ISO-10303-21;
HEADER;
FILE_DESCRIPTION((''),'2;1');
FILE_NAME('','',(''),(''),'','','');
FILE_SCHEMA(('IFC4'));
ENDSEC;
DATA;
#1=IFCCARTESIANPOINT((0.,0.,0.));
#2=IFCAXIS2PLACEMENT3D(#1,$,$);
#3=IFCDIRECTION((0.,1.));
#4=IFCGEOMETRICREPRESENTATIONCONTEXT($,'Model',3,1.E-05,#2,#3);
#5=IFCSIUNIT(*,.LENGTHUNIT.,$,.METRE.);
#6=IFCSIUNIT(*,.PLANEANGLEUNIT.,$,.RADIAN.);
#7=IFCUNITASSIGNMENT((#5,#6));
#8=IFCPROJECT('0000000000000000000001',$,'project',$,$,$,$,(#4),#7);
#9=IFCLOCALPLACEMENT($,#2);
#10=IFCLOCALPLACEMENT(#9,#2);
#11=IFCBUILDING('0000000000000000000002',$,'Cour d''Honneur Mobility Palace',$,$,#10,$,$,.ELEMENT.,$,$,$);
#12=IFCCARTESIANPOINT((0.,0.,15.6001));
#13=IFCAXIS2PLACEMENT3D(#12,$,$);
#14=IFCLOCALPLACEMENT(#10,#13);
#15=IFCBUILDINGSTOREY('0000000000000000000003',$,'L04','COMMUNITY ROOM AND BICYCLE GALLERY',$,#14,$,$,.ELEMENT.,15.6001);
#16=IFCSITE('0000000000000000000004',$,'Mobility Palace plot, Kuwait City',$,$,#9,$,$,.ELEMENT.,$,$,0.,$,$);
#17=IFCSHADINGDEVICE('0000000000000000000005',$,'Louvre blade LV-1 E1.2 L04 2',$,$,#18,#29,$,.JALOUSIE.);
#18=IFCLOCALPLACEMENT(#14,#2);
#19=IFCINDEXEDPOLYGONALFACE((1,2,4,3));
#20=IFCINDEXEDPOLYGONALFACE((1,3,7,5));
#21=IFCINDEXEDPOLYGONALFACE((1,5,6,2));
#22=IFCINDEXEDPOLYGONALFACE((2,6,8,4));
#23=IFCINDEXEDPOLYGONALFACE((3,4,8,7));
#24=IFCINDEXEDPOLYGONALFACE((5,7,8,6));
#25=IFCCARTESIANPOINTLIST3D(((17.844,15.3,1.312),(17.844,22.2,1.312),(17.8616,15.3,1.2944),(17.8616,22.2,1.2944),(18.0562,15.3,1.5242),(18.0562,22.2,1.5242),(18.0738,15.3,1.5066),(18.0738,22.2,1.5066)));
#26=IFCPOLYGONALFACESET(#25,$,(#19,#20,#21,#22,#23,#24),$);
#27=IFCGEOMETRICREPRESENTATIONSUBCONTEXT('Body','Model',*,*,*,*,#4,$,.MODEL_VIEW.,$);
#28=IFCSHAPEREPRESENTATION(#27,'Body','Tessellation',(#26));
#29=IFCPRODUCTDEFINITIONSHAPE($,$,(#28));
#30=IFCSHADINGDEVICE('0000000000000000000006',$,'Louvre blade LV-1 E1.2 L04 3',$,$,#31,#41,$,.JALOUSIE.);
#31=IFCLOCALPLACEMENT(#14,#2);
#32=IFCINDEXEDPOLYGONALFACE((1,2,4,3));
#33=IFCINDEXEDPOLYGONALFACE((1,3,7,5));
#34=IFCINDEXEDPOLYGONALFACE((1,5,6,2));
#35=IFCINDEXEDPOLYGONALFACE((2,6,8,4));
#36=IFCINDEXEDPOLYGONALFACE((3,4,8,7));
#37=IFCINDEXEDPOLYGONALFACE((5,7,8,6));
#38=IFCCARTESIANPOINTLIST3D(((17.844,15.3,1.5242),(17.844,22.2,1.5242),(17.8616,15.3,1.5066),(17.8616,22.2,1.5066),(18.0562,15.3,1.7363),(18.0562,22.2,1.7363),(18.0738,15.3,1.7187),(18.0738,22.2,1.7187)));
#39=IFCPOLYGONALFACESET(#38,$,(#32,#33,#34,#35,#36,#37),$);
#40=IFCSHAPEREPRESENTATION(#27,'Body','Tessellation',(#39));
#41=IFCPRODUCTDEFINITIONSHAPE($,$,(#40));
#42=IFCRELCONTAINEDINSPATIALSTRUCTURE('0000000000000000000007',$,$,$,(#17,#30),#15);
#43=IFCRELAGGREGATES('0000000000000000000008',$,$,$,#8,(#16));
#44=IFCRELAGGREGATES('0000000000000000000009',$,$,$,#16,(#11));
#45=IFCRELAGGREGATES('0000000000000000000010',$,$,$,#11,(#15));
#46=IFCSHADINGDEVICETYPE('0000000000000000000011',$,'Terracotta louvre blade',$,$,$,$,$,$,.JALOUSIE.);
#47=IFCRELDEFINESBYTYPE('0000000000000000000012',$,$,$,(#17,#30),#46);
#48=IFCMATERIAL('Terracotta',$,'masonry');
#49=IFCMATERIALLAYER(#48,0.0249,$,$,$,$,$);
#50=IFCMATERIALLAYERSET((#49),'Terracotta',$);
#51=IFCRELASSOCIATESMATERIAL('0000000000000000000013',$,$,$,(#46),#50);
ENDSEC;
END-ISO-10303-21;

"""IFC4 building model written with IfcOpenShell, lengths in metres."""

from ifc_helpers import new_model, si_unit, direction, frame, origin, place, context, subcontext, project, spatial, polyline, outline, extrude, material, layer, layer_set, type_object, element, save


model = new_model("IFC4")

# Units and contexts
model_context = context("Model", 3, precision=1e-05, world=origin(), true_north=direction((0.0, 1.0)))
body_context = subcontext(model_context, "Body", "Model", "MODEL_VIEW")
ifc_project = project(units=[si_unit("LENGTHUNIT", "METRE"), si_unit("PLANEANGLEUNIT", "RADIAN")], contexts=[model_context])

# Site, building, storey
site_placement = place(None, origin())
site = spatial("IfcSite", under=ifc_project, at=site_placement, Name="Mobility Palace plot, Kuwait City", CompositionType="ELEMENT", RefElevation=0.0)
building_placement = place(site_placement, origin())
building = spatial("IfcBuilding", under=site, at=building_placement, Name="Cour d'Honneur Mobility Palace", CompositionType="ELEMENT")
storey_placement = place(building_placement, frame((0.0, 0.0, 15.6001)))
storey = spatial("IfcBuildingStorey", under=building, at=storey_placement, Name="L04", Description="COMMUNITY ROOM AND BICYCLE GALLERY", CompositionType="ELEMENT", Elevation=15.6001)

# Shading devices
ifc_material_1 = material(Name="Terracotta", Category="masonry")
ifc_layer_1 = layer(ifc_material_1, 0.0249)
ifc_layer_set_1 = layer_set([ifc_layer_1], Name="Terracotta")
shading_device_type = type_object("IfcShadingDeviceType", Name="Terracotta louvre blade", PredefinedType="JALOUSIE", material=ifc_layer_set_1)
for number, where, z_axis, x_axis, name in (
    (1, (17.844, 15.3, 1.312), (-0.707107, 0.0, 0.707107), (0.0, 1.0, 0.0), "Louvre blade LV-1 E1.2 L04 2"),
    (2, (17.844, 15.3, 1.5242), (-0.707107, 0.0, 0.707107), (0.0, 1.0, 0.0), "Louvre blade LV-1 E1.2 L04 3"),
):
    element("IfcShadingDevice", number, at=place(storey_placement, frame(where, z_axis=z_axis, x_axis=x_axis)), inside=storey, type_object=shading_device_type, Name=name, PredefinedType="JALOUSIE", context=body_context, shape_type="SweptSolid", body=[
        extrude(outline(polyline([(0.0, 0.0), (6.8999, 0.0), (6.8999, -0.3), (0.0, -0.3), (0.0, 0.0)])), origin(), (0.0, 0.0, -1.0), 0.0249),
    ])

save(model, "model.ifc")
